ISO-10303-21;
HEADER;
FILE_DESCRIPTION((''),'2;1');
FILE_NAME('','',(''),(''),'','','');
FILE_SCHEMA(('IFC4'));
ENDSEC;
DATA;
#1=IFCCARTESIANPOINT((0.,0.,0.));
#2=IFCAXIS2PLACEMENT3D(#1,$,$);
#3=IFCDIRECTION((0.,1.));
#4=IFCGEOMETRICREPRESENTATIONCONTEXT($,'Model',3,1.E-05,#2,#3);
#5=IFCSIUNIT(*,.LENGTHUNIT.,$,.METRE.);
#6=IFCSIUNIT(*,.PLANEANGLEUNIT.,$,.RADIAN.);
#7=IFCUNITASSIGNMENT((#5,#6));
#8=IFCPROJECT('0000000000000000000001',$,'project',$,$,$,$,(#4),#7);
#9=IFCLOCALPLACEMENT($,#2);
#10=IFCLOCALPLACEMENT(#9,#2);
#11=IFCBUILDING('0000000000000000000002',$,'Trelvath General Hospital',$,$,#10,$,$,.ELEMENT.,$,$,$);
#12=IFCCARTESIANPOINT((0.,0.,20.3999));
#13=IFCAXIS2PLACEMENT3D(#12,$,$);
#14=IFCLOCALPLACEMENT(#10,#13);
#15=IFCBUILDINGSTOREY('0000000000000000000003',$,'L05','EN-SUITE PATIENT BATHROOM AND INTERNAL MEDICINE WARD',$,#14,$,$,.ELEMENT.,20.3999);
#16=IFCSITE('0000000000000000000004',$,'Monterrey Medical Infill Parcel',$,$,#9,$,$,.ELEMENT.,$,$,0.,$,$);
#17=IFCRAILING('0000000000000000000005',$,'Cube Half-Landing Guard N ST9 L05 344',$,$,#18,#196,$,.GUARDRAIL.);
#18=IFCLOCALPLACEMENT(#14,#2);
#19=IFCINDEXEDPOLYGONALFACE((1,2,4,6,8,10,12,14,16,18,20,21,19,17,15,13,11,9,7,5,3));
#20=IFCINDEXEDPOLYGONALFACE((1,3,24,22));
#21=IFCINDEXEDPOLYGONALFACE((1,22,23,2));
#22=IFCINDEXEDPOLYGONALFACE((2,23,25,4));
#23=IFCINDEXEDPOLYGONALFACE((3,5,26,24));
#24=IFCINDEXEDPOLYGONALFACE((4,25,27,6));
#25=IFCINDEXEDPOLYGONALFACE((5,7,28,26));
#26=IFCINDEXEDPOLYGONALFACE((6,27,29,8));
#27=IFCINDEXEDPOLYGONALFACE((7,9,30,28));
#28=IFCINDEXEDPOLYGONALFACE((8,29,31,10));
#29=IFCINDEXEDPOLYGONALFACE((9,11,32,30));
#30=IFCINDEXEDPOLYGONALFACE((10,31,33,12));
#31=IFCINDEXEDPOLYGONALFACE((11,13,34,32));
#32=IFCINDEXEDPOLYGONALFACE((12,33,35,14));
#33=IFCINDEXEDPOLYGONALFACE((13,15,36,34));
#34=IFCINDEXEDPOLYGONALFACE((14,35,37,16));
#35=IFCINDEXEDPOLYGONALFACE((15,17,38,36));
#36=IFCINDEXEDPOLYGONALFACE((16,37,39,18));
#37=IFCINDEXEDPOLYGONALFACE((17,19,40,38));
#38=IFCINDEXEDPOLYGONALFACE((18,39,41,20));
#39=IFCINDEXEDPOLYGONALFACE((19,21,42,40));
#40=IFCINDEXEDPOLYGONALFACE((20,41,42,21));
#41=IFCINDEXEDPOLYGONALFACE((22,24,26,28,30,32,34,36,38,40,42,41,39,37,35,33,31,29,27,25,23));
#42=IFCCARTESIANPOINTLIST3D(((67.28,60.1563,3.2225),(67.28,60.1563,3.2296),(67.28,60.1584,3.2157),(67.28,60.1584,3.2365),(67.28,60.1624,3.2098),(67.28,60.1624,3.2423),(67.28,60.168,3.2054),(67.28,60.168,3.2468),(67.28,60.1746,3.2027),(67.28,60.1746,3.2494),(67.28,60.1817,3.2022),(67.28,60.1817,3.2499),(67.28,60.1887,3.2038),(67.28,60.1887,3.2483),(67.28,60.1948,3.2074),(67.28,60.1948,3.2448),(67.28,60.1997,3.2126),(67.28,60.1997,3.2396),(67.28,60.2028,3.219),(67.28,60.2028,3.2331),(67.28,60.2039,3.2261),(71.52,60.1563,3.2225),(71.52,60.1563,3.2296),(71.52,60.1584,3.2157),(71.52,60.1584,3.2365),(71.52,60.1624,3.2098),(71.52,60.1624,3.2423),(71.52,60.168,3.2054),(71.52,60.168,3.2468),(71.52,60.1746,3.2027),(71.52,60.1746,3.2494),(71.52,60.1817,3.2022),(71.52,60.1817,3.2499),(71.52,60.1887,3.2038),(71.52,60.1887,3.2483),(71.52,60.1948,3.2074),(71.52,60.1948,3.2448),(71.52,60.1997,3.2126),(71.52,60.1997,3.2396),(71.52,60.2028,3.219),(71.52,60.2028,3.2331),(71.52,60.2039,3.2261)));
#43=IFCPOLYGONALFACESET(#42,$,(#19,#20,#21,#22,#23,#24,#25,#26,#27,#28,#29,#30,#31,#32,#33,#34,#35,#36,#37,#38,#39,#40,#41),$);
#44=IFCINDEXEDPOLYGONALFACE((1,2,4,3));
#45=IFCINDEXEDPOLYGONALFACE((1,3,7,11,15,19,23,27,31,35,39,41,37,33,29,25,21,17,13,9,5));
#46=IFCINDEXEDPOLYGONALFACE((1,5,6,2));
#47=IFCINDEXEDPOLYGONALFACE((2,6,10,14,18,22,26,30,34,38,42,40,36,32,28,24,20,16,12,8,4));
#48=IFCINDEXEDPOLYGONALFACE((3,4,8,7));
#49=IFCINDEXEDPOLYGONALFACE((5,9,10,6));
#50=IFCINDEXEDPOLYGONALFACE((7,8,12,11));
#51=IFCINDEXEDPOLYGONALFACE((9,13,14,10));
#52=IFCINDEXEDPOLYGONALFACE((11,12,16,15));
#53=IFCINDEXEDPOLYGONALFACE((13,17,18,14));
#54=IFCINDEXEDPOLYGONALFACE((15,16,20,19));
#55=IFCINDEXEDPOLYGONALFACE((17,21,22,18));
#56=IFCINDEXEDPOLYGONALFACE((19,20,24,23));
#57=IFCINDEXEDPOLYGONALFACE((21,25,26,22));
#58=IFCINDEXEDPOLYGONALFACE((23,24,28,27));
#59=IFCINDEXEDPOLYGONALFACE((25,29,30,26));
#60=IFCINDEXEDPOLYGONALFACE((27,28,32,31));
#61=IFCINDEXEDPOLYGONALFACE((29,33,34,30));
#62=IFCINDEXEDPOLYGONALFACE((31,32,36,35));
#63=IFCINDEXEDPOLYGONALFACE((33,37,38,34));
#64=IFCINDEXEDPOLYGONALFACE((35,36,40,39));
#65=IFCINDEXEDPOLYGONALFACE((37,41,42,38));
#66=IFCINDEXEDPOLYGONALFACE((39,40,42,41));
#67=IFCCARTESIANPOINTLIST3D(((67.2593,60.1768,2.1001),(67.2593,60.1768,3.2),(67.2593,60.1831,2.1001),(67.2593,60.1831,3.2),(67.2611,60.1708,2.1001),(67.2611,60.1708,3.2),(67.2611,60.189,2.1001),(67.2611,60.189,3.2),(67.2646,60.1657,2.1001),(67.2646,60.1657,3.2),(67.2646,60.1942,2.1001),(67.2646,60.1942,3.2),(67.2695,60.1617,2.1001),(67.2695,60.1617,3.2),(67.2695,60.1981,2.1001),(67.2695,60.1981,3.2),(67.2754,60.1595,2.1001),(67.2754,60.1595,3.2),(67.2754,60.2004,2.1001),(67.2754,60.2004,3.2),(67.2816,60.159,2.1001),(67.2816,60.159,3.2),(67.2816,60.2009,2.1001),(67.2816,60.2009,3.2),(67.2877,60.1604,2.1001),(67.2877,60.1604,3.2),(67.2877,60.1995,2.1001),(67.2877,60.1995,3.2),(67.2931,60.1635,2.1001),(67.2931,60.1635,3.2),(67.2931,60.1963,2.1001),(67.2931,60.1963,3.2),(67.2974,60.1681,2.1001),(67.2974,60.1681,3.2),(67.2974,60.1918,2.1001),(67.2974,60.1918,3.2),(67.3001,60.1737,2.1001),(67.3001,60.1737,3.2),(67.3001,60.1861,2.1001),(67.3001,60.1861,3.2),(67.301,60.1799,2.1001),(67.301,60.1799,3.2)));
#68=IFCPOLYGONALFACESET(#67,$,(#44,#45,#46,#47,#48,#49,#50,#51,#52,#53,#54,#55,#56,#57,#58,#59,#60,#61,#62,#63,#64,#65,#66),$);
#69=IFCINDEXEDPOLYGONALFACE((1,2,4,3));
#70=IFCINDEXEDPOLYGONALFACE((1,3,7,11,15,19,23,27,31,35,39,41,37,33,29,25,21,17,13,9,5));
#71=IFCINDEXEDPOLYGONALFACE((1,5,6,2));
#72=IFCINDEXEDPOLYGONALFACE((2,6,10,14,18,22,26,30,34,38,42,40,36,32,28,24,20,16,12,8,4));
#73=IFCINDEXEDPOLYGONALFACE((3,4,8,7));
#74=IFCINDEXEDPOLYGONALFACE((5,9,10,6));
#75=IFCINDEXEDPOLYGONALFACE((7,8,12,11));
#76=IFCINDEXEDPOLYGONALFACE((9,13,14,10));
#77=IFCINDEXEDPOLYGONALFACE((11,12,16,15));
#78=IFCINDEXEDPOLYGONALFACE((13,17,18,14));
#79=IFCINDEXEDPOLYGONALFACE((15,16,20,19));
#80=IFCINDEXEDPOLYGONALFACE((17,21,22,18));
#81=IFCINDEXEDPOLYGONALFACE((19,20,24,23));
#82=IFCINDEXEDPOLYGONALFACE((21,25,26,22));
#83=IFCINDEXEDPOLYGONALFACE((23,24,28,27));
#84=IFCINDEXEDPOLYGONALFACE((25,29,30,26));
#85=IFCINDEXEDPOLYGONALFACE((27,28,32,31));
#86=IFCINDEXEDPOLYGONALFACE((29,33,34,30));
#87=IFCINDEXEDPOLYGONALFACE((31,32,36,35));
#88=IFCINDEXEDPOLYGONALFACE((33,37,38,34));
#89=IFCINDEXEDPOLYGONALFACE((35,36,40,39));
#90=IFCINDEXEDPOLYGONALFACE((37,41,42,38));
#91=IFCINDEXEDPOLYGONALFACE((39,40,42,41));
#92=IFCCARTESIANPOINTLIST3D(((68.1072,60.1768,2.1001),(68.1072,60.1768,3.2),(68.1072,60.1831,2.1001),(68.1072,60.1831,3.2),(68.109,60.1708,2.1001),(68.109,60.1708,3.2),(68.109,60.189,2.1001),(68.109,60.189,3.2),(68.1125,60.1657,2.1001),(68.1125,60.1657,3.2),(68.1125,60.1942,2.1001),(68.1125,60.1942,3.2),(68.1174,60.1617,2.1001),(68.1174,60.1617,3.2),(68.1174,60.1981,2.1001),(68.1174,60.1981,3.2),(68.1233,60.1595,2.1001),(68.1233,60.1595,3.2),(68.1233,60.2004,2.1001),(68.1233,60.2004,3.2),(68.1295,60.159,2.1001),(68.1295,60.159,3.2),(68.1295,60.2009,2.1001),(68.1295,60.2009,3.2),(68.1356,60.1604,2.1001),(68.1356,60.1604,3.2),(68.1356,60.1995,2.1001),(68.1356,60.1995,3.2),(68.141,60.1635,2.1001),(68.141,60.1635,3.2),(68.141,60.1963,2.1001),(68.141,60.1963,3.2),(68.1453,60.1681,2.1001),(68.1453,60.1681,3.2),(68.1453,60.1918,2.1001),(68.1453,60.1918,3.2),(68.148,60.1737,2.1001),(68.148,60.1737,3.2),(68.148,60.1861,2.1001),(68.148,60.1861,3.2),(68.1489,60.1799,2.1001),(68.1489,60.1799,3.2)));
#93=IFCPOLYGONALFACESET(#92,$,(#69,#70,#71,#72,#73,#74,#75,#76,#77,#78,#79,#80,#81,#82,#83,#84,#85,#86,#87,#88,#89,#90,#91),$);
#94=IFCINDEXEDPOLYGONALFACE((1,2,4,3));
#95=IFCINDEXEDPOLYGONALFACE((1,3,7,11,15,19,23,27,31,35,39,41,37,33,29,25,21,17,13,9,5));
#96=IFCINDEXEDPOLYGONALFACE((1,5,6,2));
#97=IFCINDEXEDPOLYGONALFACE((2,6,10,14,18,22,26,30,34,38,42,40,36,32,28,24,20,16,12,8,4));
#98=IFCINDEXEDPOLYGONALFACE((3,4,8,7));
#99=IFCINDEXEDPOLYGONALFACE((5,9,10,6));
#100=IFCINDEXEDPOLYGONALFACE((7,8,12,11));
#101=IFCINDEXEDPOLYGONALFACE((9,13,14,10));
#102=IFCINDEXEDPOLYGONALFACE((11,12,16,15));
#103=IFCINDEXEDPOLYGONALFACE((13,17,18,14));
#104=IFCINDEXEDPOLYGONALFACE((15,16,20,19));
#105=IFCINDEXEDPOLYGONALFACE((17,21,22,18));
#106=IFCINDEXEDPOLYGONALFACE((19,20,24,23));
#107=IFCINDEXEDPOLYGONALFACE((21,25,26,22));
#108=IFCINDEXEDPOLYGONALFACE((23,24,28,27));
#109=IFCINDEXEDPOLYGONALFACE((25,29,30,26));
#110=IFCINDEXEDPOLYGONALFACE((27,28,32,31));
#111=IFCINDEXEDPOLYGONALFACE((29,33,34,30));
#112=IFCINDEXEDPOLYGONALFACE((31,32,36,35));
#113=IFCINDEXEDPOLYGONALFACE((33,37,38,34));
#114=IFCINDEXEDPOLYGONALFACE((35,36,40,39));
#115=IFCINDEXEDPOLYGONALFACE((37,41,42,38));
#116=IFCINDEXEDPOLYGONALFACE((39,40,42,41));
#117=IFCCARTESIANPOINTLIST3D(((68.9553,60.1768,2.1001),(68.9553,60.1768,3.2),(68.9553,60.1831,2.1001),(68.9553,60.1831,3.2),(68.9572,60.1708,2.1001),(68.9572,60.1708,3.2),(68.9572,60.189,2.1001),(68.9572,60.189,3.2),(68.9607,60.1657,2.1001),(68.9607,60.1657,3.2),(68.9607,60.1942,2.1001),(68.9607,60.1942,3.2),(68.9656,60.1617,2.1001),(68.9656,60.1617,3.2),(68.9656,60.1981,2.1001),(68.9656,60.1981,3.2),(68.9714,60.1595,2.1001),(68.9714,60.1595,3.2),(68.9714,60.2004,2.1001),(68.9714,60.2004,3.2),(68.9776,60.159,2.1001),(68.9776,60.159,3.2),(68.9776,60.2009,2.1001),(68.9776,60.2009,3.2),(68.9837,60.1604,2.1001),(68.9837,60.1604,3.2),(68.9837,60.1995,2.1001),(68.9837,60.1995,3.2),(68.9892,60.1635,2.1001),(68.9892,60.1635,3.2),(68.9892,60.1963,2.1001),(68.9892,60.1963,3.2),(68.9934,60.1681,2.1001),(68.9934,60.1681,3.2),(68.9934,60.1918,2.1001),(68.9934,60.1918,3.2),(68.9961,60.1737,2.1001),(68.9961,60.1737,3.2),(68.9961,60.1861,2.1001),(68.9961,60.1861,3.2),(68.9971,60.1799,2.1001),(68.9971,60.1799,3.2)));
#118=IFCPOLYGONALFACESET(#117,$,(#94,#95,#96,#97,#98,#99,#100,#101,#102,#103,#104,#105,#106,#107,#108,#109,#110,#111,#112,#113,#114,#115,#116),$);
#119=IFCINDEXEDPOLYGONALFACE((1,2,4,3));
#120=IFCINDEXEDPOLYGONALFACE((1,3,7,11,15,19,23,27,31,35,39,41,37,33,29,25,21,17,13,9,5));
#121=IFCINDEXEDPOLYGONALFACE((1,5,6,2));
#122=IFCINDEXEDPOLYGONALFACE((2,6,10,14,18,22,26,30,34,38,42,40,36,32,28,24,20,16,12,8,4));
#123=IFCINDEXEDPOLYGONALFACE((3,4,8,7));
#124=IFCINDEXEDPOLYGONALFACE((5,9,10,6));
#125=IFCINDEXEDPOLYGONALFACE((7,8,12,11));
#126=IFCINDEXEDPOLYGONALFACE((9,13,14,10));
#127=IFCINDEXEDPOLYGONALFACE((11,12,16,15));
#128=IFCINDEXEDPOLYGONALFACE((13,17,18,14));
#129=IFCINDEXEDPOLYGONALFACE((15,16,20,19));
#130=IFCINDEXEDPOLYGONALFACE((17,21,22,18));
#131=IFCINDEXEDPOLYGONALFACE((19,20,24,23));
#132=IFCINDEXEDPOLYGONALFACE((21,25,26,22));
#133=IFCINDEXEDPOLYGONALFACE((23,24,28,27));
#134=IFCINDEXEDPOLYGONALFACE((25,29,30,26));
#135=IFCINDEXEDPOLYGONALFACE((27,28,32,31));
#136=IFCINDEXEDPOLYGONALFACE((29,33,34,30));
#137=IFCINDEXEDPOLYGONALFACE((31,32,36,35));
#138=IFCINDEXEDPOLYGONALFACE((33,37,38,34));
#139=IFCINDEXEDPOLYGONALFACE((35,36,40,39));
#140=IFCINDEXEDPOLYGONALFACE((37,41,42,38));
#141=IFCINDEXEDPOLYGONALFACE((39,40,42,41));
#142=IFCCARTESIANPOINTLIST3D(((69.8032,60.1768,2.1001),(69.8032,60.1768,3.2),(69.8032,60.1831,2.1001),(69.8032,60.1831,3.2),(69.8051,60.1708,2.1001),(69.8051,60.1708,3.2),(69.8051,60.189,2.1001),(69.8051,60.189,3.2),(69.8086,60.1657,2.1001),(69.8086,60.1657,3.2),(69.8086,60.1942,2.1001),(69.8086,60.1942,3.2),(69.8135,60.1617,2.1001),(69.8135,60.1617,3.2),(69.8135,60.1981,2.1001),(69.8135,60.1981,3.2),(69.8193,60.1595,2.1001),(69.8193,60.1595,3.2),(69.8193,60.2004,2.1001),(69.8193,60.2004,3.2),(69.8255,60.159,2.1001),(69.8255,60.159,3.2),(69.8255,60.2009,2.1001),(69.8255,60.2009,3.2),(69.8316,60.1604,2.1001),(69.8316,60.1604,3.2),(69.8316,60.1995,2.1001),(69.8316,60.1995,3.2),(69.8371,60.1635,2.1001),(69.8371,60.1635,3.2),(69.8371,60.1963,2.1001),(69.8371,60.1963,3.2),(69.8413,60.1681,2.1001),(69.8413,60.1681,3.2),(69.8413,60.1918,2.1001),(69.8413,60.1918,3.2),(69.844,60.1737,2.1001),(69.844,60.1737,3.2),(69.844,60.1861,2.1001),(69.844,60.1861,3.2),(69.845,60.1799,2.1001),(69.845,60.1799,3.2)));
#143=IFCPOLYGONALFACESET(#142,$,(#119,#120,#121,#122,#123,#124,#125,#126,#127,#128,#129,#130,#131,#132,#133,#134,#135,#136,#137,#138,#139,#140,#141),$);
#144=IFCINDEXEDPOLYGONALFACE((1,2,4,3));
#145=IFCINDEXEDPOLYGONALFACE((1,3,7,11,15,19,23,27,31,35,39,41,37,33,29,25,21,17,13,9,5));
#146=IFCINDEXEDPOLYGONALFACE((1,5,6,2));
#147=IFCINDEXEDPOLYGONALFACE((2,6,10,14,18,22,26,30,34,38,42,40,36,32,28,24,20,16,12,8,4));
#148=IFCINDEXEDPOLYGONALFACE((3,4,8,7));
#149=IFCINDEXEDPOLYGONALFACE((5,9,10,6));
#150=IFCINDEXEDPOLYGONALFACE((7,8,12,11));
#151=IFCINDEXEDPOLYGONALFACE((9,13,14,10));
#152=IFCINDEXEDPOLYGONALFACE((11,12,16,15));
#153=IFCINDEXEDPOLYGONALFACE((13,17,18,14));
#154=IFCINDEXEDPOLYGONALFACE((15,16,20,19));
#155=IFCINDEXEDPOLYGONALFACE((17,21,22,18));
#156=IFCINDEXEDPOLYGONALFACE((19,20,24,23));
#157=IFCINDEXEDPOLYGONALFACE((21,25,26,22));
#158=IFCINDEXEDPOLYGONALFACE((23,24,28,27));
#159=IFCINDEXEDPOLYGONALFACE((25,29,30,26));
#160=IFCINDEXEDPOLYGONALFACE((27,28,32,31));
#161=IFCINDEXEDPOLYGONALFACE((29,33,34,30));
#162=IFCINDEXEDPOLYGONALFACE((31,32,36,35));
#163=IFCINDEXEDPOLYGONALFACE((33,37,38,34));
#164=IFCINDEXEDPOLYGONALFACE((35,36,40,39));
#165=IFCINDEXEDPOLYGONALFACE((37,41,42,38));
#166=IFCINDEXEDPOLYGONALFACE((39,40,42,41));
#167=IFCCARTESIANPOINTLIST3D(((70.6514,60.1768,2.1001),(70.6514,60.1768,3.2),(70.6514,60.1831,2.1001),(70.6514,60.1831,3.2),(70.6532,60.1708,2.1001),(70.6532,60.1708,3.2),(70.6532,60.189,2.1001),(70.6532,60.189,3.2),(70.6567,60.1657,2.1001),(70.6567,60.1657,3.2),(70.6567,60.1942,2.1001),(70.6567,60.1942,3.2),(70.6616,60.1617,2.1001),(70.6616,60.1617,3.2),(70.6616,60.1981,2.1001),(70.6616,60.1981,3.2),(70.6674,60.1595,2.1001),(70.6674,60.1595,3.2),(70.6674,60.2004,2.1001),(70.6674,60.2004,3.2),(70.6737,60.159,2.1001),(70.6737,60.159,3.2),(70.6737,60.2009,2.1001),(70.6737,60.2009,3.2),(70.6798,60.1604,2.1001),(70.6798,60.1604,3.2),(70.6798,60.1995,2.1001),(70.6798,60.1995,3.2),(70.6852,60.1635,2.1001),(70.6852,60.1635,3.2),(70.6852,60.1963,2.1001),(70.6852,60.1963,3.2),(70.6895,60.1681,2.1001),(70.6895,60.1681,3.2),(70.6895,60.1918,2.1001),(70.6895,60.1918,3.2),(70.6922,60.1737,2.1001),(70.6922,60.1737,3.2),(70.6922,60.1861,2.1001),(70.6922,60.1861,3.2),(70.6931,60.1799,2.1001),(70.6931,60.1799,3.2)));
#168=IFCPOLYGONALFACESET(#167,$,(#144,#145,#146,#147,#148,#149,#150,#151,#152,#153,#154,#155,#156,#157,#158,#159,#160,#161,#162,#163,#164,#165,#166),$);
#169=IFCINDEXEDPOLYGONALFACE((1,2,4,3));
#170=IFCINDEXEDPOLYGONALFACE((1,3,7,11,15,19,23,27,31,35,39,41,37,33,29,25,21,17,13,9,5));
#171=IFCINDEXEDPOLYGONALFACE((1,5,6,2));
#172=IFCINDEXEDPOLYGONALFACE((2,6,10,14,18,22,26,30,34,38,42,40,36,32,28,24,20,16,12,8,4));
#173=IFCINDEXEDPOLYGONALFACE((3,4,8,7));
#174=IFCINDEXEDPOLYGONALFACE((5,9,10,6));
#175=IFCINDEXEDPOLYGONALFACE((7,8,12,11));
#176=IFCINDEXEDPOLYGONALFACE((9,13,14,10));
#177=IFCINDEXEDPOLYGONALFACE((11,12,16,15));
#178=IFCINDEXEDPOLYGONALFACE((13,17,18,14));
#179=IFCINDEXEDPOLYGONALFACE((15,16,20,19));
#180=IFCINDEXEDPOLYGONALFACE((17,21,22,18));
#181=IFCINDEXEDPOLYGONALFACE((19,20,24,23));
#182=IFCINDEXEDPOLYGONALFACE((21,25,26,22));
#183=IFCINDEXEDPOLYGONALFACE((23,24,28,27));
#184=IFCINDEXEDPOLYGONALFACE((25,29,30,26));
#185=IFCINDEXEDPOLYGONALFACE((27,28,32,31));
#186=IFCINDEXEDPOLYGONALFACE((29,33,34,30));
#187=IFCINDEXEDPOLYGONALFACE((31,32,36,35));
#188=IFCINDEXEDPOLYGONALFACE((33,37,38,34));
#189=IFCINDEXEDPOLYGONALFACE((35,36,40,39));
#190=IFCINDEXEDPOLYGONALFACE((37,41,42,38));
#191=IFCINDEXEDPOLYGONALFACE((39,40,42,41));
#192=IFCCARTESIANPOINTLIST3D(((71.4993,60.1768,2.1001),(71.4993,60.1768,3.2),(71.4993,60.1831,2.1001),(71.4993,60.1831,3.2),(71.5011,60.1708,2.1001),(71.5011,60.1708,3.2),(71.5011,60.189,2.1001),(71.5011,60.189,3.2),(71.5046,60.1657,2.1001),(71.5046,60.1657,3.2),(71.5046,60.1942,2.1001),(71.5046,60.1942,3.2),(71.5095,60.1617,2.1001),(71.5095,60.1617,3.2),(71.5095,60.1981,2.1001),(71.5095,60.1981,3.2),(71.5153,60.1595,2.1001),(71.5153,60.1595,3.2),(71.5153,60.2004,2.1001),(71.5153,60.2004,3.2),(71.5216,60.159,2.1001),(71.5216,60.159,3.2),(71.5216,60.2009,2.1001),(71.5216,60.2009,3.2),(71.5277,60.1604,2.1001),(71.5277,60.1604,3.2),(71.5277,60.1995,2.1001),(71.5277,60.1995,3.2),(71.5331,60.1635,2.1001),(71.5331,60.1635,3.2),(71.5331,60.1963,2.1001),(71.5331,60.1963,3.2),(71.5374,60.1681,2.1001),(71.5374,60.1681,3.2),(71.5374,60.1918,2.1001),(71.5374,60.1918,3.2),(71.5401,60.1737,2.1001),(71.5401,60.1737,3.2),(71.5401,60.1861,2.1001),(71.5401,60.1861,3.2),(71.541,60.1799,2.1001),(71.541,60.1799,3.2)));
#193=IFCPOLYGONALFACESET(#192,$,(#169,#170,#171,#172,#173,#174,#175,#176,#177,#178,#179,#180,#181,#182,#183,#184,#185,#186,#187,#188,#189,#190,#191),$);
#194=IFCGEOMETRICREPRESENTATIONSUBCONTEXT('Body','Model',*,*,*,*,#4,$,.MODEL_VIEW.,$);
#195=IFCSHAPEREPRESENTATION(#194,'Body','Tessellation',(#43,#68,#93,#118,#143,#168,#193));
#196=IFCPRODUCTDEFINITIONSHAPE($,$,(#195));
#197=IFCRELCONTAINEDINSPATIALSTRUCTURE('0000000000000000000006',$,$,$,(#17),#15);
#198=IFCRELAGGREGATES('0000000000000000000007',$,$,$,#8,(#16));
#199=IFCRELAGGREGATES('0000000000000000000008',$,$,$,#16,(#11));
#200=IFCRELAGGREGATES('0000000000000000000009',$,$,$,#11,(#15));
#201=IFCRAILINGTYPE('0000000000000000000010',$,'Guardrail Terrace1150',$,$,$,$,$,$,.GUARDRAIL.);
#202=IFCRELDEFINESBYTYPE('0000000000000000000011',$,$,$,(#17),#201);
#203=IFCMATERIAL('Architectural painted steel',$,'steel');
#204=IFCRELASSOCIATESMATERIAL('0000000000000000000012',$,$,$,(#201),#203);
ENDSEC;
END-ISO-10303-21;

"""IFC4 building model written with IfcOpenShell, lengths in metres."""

from ifc_helpers import new_model, si_unit, direction, frame, origin, origin_2d, place, context, subcontext, project, spatial, circle, extrude, material, type_object, element, save


model = new_model("IFC4")

# Units and contexts
model_context = context("Model", 3, precision=1e-05, world=origin(), true_north=direction((0.0, 1.0)))
body_context = subcontext(model_context, "Body", "Model", "MODEL_VIEW")
ifc_project = project(units=[si_unit("LENGTHUNIT", "METRE"), si_unit("PLANEANGLEUNIT", "RADIAN")], contexts=[model_context])

# Site, building, storey
site_placement = place(None, origin())
site = spatial("IfcSite", under=ifc_project, at=site_placement, Name="Monterrey Medical Infill Parcel", CompositionType="ELEMENT", RefElevation=0.0)
building_placement = place(site_placement, origin())
building = spatial("IfcBuilding", under=site, at=building_placement, Name="Trelvath General Hospital", CompositionType="ELEMENT")
storey_placement = place(building_placement, frame((0.0, 0.0, 20.3999)))
storey = spatial("IfcBuildingStorey", under=building, at=storey_placement, Name="L05", Description="EN-SUITE PATIENT BATHROOM AND INTERNAL MEDICINE WARD", CompositionType="ELEMENT", Elevation=20.3999)

# Railing
ifc_material_1 = material(Name="Architectural painted steel", Category="steel")
railing_type = type_object("IfcRailingType", Name="Guardrail Terrace1150", PredefinedType="GUARDRAIL", material=ifc_material_1)
railing_1_placement = place(storey_placement, frame((67.28, 60.1799, 2.1001)))
element("IfcRailing", 1, at=railing_1_placement, inside=storey, type_object=railing_type, Name="Cube Half-Landing Guard N ST9 L05 344", PredefinedType="GUARDRAIL", context=body_context, shape_type="SweptSolid", body=[
    extrude(circle(Radius=0.0239, at=origin_2d()), frame((0.0, 0.0, 1.126), z_axis=(1.0, 0.0, 0.0), x_axis=(0.0, 1.0, 0.0)), (0.0, 0.0, 1.0), 4.24),
    extrude(circle(Radius=0.021, at=origin_2d()), origin(), (0.0, 0.0, 1.0), 1.0999),
    extrude(circle(Radius=0.021, at=origin_2d()), frame((0.8479, 0.0, 0.0)), (0.0, 0.0, 1.0), 1.0999),
    extrude(circle(Radius=0.021, at=origin_2d()), frame((1.696, 0.0, 0.0)), (0.0, 0.0, 1.0), 1.0999),
    extrude(circle(Radius=0.021, at=origin_2d()), frame((2.5439, 0.0, 0.0)), (0.0, 0.0, 1.0), 1.0999),
    extrude(circle(Radius=0.021, at=origin_2d()), frame((3.3921, 0.0, 0.0)), (0.0, 0.0, 1.0), 1.0999),
    extrude(circle(Radius=0.021, at=origin_2d()), frame((4.24, 0.0, 0.0)), (0.0, 0.0, 1.0), 1.0999),
])

save(model, "model.ifc")
